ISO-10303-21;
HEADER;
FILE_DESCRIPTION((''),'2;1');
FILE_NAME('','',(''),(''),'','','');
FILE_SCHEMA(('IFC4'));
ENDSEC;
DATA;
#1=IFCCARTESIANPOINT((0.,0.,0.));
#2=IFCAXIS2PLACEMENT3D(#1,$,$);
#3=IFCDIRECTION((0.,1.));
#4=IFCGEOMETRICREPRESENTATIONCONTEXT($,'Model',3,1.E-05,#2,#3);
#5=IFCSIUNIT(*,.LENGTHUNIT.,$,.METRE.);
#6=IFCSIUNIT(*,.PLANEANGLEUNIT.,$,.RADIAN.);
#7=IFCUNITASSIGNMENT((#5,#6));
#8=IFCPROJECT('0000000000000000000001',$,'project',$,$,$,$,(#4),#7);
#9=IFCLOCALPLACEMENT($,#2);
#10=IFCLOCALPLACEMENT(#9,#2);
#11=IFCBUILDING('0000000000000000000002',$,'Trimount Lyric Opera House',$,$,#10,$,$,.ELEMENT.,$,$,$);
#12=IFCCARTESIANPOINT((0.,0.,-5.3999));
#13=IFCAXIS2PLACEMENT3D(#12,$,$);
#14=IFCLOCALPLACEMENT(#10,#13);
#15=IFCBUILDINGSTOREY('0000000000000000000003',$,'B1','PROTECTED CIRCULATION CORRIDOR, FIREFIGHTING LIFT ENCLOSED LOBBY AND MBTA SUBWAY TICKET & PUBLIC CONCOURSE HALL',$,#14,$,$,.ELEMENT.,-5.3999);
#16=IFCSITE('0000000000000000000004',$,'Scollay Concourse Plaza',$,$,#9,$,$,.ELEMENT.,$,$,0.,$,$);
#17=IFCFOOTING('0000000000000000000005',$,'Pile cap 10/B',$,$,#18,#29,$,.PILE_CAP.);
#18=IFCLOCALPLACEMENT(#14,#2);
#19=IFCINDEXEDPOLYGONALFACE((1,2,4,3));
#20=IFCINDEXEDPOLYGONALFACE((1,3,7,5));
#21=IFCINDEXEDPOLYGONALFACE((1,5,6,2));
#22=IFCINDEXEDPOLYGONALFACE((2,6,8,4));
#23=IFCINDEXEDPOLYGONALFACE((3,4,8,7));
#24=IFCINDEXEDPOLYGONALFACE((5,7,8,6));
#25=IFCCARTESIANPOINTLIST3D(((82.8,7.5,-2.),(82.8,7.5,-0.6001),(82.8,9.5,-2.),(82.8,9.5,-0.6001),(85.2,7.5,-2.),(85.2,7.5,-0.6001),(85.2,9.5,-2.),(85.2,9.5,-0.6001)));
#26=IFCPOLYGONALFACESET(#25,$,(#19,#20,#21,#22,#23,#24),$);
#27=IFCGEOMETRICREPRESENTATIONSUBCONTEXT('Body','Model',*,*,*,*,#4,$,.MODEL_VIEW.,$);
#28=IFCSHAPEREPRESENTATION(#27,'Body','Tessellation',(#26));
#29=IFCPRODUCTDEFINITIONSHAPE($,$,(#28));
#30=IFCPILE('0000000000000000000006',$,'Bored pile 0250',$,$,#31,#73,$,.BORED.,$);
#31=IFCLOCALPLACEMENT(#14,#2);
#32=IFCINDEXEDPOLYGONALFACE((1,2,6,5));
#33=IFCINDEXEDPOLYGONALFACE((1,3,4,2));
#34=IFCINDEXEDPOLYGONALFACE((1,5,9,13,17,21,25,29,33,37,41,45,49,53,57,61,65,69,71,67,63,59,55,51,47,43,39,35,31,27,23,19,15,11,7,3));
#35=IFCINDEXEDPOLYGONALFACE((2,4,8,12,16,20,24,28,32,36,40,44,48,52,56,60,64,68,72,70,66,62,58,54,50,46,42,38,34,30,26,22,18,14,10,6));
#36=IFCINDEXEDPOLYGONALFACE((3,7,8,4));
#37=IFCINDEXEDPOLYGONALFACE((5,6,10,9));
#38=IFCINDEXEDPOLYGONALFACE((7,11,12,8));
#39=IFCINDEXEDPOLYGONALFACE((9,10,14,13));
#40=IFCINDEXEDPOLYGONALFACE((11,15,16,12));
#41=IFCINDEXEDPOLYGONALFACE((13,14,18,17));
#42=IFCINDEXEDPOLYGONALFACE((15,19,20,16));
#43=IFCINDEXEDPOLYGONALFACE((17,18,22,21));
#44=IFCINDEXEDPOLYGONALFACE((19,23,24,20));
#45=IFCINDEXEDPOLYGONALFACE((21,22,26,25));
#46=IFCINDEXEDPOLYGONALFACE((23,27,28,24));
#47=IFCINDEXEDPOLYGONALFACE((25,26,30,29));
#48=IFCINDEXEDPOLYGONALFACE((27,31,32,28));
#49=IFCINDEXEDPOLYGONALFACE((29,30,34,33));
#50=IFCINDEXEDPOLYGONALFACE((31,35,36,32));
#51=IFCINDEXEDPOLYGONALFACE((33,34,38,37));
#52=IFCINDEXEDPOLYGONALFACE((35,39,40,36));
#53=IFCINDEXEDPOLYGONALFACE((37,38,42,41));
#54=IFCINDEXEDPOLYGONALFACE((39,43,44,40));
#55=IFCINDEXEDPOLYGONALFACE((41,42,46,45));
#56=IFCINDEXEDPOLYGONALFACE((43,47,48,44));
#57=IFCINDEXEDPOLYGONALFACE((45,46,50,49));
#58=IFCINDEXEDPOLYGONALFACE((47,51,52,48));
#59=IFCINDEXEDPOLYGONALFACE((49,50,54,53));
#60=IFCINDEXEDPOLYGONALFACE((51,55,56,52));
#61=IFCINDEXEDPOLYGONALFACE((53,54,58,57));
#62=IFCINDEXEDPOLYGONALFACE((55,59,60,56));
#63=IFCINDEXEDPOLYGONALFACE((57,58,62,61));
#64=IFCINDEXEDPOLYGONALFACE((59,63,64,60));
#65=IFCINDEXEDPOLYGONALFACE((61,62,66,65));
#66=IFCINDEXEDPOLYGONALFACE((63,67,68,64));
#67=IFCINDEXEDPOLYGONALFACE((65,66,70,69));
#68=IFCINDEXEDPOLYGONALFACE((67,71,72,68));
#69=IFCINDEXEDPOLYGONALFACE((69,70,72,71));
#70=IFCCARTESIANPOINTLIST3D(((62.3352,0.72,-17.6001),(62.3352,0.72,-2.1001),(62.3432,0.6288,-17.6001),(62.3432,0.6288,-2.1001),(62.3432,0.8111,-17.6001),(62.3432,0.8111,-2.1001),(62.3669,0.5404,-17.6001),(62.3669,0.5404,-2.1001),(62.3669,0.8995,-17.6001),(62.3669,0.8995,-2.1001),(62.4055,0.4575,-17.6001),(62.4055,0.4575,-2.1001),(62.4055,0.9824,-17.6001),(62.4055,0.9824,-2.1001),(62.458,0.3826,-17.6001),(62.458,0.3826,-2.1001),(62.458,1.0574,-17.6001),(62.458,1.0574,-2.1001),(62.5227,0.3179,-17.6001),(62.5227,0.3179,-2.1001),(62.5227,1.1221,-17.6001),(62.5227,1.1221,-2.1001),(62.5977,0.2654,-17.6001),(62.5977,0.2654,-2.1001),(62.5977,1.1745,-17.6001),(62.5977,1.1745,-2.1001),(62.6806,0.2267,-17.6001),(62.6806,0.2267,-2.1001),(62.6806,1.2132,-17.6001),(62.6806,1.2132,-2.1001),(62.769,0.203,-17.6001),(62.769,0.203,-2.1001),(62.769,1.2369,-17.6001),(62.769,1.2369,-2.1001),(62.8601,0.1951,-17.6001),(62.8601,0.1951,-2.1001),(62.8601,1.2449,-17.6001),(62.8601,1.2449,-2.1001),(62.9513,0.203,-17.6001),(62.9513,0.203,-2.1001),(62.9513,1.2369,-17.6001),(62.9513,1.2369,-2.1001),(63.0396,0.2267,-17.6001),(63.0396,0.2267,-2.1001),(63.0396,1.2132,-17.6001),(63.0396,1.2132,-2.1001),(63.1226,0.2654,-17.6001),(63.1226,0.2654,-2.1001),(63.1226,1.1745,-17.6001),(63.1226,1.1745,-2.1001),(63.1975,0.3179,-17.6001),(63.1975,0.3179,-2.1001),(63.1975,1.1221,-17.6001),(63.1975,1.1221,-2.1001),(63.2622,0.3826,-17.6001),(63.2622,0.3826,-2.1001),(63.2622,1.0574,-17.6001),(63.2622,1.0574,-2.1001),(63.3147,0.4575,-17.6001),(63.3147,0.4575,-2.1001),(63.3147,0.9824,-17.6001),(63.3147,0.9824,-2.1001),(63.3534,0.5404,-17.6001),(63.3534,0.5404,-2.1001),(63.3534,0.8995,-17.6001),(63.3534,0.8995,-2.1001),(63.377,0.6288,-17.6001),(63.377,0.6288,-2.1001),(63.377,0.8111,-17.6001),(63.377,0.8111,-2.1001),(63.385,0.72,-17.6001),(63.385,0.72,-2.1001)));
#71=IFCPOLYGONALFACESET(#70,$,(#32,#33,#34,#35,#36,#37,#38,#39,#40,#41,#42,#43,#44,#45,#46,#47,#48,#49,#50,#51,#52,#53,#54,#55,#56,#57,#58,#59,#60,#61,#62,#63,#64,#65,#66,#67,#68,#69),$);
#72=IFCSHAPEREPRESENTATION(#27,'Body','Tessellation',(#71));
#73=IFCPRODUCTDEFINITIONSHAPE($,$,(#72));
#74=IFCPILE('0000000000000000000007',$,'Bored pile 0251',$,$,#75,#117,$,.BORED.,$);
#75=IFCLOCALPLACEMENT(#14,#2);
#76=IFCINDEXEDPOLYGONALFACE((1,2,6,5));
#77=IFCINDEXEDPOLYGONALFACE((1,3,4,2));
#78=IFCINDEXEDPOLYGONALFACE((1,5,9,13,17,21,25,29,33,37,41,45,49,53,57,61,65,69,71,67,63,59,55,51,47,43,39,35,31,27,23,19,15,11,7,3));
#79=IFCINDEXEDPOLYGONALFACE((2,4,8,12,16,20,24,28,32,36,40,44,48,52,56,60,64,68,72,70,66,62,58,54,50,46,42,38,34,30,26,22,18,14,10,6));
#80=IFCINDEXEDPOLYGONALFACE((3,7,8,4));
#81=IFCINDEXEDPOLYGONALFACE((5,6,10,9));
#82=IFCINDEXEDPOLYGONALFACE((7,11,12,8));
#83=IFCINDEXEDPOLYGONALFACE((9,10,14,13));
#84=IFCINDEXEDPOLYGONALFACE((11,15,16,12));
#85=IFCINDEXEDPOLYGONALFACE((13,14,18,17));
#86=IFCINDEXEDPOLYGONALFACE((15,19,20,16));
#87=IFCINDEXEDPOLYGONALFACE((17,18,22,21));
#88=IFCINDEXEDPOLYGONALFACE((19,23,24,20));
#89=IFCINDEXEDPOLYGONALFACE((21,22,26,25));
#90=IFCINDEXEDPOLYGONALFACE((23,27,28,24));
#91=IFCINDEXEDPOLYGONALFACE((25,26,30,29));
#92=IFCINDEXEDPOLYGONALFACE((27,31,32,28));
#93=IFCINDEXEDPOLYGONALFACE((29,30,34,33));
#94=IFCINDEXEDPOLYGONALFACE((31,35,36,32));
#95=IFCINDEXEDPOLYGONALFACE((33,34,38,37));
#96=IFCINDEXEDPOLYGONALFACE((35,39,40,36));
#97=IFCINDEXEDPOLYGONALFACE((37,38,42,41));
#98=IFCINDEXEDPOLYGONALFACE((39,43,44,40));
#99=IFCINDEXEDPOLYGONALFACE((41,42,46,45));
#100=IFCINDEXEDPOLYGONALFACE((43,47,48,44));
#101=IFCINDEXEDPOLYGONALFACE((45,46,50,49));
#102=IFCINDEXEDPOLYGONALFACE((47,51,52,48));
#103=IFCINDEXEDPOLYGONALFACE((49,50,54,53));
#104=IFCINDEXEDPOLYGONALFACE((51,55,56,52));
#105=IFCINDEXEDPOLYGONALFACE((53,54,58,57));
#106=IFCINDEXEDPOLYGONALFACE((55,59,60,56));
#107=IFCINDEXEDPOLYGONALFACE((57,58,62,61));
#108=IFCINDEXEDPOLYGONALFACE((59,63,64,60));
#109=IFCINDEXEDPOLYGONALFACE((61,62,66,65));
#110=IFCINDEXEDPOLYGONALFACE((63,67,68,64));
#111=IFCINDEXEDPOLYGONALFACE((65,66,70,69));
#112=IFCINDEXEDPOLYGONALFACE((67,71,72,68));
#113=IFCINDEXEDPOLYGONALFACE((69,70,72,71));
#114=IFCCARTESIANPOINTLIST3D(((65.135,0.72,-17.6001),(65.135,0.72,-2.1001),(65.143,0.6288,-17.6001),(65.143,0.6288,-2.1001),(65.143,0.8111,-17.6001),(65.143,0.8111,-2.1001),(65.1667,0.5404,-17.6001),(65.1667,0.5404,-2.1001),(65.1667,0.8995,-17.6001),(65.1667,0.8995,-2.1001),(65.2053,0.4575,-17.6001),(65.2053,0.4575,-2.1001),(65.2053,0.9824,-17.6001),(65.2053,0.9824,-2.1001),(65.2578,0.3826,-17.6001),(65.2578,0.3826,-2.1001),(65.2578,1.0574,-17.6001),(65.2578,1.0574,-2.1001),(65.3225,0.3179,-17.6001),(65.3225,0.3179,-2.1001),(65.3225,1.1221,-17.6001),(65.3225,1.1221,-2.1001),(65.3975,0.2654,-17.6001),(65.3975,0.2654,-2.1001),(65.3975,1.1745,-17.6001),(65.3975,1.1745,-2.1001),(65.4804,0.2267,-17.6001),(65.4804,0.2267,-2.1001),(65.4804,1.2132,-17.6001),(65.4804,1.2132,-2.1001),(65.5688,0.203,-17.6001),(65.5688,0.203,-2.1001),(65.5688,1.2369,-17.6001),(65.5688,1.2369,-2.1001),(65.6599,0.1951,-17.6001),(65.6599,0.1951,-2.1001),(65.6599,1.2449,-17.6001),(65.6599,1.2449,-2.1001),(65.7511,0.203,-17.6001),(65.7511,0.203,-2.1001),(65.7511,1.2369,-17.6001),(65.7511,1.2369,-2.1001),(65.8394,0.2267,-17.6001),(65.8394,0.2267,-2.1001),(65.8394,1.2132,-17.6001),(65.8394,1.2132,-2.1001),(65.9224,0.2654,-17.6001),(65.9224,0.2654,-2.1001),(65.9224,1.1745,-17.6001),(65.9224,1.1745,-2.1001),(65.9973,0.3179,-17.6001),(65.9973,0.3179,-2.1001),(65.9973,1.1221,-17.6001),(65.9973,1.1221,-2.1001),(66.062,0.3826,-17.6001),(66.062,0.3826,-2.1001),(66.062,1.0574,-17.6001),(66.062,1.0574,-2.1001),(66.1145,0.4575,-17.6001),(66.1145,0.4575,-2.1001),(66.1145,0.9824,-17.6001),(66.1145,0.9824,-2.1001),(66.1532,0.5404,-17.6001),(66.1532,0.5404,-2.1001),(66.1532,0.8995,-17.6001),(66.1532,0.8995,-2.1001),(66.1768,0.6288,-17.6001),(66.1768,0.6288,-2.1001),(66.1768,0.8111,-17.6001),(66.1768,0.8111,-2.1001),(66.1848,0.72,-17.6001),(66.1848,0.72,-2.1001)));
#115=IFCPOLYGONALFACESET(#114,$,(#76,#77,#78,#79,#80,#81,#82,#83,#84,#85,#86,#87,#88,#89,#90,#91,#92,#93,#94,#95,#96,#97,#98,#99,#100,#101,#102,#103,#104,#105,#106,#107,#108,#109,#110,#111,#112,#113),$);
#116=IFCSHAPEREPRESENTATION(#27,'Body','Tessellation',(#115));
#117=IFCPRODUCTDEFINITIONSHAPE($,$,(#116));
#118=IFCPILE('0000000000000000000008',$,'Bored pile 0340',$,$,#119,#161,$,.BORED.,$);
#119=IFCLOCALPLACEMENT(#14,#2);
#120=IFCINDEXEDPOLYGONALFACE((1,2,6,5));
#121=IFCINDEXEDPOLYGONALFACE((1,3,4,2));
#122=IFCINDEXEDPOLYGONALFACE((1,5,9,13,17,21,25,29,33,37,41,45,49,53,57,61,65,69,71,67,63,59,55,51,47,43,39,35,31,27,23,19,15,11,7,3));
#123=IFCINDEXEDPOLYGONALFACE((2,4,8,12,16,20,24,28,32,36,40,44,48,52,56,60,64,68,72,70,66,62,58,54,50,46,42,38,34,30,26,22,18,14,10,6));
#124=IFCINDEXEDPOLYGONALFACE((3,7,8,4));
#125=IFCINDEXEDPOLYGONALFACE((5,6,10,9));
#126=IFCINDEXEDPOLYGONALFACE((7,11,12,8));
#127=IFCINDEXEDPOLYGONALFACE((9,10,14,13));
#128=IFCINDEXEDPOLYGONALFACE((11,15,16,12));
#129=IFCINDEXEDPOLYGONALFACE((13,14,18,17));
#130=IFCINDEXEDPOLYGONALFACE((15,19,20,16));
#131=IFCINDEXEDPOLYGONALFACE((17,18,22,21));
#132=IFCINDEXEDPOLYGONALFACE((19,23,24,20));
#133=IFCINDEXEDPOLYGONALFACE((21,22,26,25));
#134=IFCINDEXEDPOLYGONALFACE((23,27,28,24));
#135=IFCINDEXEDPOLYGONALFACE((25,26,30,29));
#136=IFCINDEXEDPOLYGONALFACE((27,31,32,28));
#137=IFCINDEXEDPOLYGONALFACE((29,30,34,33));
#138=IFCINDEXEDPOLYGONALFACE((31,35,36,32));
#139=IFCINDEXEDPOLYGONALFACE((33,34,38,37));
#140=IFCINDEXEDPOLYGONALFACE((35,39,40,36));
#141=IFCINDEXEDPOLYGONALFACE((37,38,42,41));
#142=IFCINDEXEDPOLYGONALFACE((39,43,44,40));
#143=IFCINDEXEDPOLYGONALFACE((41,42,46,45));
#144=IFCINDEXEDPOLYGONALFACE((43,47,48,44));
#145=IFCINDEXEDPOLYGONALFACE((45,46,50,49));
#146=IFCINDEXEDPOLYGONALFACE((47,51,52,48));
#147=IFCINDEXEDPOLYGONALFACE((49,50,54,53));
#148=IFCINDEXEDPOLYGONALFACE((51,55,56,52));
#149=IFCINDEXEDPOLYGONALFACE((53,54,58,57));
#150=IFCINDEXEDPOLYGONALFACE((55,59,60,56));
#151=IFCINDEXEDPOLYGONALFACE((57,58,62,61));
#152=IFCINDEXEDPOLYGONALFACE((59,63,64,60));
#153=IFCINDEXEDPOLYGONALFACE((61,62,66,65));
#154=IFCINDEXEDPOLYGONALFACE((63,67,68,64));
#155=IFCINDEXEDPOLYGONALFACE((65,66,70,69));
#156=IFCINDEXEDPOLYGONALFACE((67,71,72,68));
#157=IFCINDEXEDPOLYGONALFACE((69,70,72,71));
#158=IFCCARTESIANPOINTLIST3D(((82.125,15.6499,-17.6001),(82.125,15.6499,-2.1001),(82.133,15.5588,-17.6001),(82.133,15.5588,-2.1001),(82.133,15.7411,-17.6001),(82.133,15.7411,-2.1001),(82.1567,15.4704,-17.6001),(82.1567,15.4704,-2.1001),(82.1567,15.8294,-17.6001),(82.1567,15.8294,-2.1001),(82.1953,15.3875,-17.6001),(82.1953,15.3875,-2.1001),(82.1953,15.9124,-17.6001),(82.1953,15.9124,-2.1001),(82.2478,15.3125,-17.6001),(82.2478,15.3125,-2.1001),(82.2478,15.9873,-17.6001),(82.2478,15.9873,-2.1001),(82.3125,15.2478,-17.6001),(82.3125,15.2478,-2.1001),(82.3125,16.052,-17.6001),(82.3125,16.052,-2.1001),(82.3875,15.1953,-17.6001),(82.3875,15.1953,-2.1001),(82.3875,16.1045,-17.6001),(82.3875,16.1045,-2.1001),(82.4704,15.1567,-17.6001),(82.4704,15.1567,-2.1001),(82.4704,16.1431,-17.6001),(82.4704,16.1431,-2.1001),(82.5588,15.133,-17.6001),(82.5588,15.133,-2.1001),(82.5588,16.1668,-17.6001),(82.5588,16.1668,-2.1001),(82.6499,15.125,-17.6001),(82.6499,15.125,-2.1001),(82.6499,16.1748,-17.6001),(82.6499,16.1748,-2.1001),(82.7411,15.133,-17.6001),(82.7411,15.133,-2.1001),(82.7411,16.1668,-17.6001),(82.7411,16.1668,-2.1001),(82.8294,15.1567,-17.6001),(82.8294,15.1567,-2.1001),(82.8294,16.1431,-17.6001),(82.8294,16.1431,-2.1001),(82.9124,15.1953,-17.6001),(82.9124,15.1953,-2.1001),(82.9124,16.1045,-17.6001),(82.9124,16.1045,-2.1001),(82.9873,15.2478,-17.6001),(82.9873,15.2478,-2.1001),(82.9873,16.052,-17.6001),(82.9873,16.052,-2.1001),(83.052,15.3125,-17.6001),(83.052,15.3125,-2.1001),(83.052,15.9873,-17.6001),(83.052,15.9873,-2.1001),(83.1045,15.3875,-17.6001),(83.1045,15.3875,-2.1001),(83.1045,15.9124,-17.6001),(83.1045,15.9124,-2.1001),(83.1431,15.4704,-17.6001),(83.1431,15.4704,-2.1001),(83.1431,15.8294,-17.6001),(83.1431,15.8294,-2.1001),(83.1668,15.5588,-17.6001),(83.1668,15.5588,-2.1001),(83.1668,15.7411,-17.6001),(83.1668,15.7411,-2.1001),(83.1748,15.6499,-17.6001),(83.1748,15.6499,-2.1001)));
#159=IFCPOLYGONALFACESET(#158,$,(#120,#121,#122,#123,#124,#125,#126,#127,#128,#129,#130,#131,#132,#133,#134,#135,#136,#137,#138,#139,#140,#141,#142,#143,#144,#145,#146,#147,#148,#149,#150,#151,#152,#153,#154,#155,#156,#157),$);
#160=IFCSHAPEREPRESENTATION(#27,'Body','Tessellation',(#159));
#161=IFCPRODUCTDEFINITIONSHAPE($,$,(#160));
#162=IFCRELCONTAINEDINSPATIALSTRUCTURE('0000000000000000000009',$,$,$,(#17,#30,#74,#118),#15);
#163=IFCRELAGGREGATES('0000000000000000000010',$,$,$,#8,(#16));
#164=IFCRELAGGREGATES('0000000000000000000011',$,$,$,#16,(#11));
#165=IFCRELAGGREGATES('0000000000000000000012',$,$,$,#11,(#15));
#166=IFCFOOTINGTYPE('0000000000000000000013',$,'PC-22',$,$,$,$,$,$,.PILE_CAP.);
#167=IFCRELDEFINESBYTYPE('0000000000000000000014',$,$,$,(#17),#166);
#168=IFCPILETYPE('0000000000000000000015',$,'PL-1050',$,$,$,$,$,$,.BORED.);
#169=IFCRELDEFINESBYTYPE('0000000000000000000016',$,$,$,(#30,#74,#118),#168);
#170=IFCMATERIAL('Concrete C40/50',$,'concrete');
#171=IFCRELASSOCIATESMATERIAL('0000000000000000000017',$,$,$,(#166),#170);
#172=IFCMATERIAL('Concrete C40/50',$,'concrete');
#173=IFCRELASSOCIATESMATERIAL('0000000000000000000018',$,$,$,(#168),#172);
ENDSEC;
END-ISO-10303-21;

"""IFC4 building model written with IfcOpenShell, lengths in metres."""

from ifc_helpers import new_model, si_unit, direction, frame, origin, origin_2d, place, context, subcontext, project, spatial, rectangle, circle, extrude, material, material_profile, profile_set, type_object, element, save


model = new_model("IFC4")

# Units and contexts
model_context = context("Model", 3, precision=1e-05, world=origin(), true_north=direction((0.0, 1.0)))
body_context = subcontext(model_context, "Body", "Model", "MODEL_VIEW")
ifc_project = project(units=[si_unit("LENGTHUNIT", "METRE"), si_unit("PLANEANGLEUNIT", "RADIAN")], contexts=[model_context])

# Site, building, storey
site_placement = place(None, origin())
site = spatial("IfcSite", under=ifc_project, at=site_placement, Name="Scollay Concourse Plaza", CompositionType="ELEMENT", RefElevation=0.0)
building_placement = place(site_placement, origin())
building = spatial("IfcBuilding", under=site, at=building_placement, Name="Trimount Lyric Opera House", CompositionType="ELEMENT")
storey_placement = place(building_placement, frame((0.0, 0.0, -5.3999)))
storey = spatial("IfcBuildingStorey", under=building, at=storey_placement, Name="B1", Description="PROTECTED CIRCULATION CORRIDOR, FIREFIGHTING LIFT ENCLOSED LOBBY AND MBTA SUBWAY TICKET & PUBLIC CONCOURSE HALL", CompositionType="ELEMENT", Elevation=-5.3999)

# Footing
ifc_material_1 = material(Name="Concrete C40/50", Category="concrete")
footing_type_1 = type_object("IfcFootingType", Name="PC-22", PredefinedType="PILE_CAP", material=ifc_material_1)
footing_1_placement = place(storey_placement, frame((84.0, 8.5, -2.0), z_axis=(0.0, 0.0, 1.0), x_axis=(1.0, 0.0, 0.0)))
element("IfcFooting", 1, at=footing_1_placement, inside=storey, type_object=footing_type_1, Name="Pile cap 10/B", PredefinedType="PILE_CAP", context=body_context, shape_type="SweptSolid", body=[
    extrude(rectangle(XDim=2.3999, YDim=2.0, at=origin_2d()), origin(), (0.0, 0.0, 1.0), 1.3999),
])

# Piles
ifc_material_2 = material(Name="Concrete C40/50", Category="concrete")
ifc_material_profile_1 = material_profile(ifc_material_2, circle(Radius=0.5249, at=origin_2d()), Name="PILE-D1050")
ifc_profile_set_1 = profile_set([ifc_material_profile_1], Name="Concrete C40/50")
pile_type_1 = type_object("IfcPileType", Name="PL-1050", PredefinedType="BORED", material=ifc_profile_set_1)
for number, where, z_axis, x_axis, name in (
    (2, (62.8601, 0.72, -2.1001), (0.0, 0.0, -1.0), (1.0, 0.0, 0.0), "Bored pile 0250"),
    (3, (65.6599, 0.72, -2.1001), (0.0, 0.0, -1.0), (1.0, 0.0, 0.0), "Bored pile 0251"),
    (4, (82.6499, 15.6499, -2.1001), (0.0, 0.0, -1.0), (1.0, 0.0, 0.0), "Bored pile 0340"),
):
    element("IfcPile", number, at=place(storey_placement, frame(where, z_axis=z_axis, x_axis=x_axis)), inside=storey, type_object=pile_type_1, Name=name, PredefinedType="BORED", context=body_context, shape_type="SweptSolid", body=[
        extrude(circle(Radius=0.5249, at=origin_2d()), origin(), (0.0, 0.0, 1.0), 15.5),
    ])

save(model, "model.ifc")
